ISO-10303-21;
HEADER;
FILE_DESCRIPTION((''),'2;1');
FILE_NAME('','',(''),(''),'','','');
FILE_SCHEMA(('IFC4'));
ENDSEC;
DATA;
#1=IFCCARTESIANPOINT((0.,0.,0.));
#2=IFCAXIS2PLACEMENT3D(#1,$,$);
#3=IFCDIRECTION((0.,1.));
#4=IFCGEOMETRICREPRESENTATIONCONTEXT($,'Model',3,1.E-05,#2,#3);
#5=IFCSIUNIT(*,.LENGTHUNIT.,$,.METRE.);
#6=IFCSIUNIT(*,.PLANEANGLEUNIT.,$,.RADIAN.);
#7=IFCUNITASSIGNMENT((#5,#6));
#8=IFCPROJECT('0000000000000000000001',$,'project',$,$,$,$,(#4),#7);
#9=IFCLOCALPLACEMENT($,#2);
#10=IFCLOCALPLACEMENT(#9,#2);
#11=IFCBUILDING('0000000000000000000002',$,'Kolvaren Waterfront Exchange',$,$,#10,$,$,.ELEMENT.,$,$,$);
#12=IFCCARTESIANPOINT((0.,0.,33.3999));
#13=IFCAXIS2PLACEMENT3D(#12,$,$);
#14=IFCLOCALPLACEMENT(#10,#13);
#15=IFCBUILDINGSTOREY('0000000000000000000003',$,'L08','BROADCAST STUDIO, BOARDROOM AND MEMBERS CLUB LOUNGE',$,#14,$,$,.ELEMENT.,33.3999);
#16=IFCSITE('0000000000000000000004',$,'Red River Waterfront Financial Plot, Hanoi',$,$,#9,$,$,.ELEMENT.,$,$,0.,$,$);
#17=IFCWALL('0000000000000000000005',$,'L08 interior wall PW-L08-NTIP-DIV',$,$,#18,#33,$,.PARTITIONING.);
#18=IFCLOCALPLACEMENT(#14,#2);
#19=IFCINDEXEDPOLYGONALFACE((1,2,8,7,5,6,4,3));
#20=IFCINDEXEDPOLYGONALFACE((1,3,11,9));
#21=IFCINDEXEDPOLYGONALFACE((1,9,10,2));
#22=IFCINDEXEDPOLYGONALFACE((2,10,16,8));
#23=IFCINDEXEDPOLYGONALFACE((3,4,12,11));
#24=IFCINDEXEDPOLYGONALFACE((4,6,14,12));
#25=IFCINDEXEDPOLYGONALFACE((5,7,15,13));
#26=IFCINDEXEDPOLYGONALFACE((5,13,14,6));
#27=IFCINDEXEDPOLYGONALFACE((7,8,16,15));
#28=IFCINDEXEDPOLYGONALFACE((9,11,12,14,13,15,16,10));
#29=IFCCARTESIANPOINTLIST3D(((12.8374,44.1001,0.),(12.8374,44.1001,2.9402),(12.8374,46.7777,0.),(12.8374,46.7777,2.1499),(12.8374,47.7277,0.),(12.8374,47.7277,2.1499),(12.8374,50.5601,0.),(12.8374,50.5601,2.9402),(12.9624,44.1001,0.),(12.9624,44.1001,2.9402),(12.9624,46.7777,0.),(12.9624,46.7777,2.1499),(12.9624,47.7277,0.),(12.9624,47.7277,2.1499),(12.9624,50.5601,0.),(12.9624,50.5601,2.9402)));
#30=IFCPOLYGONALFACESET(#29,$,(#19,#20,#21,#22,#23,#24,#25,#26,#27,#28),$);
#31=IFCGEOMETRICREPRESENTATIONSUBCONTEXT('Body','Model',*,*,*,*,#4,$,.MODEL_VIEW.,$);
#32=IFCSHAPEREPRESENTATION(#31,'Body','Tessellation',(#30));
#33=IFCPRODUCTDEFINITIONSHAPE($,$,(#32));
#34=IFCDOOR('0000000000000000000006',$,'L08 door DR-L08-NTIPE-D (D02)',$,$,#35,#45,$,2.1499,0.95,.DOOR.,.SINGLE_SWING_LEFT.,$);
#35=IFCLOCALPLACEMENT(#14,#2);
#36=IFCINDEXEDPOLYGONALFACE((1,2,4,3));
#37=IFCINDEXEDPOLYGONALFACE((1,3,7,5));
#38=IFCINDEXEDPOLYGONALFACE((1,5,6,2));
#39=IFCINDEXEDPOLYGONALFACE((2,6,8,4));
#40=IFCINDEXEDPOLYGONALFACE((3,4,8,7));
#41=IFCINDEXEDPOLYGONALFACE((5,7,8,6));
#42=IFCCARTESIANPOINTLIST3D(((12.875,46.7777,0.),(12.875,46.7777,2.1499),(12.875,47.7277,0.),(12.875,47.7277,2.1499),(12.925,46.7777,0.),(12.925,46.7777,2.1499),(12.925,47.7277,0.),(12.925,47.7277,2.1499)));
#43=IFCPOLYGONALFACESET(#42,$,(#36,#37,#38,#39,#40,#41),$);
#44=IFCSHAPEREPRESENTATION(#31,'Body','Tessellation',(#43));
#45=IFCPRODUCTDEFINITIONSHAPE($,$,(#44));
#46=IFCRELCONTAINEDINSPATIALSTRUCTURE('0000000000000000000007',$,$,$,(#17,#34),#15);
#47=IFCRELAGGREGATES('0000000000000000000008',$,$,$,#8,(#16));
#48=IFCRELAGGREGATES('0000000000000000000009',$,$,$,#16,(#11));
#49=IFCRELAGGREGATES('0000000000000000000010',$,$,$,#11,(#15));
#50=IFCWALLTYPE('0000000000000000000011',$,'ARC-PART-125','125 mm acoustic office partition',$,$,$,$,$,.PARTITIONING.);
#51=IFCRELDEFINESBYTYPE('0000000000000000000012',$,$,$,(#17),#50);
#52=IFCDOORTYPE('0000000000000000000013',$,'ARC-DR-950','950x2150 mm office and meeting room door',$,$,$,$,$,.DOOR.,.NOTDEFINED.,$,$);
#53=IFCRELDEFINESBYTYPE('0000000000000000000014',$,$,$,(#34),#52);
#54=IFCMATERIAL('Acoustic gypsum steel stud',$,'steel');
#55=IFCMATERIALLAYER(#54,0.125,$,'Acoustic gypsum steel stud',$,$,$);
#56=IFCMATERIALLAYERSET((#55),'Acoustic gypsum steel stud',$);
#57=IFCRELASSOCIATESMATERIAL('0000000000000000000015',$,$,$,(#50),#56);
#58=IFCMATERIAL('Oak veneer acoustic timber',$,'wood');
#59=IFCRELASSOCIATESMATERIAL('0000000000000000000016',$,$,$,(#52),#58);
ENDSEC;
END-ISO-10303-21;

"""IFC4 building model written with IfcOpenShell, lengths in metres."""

from ifc_helpers import new_model, si_unit, direction, frame, frame_2d, origin, place, context, subcontext, project, spatial, rectangle, extrude, material, layer, layer_set, type_object, element, fill, save


model = new_model("IFC4")

# Units and contexts
model_context = context("Model", 3, precision=1e-05, world=origin(), true_north=direction((0.0, 1.0)))
body_context = subcontext(model_context, "Body", "Model", "MODEL_VIEW")
ifc_project = project(units=[si_unit("LENGTHUNIT", "METRE"), si_unit("PLANEANGLEUNIT", "RADIAN")], contexts=[model_context])

# Site, building, storey
site_placement = place(None, origin())
site = spatial("IfcSite", under=ifc_project, at=site_placement, Name="Red River Waterfront Financial Plot, Hanoi", CompositionType="ELEMENT", RefElevation=0.0)
building_placement = place(site_placement, origin())
building = spatial("IfcBuilding", under=site, at=building_placement, Name="Kolvaren Waterfront Exchange", CompositionType="ELEMENT")
storey_placement = place(building_placement, frame((0.0, 0.0, 33.3999)))
storey = spatial("IfcBuildingStorey", under=building, at=storey_placement, Name="L08", Description="BROADCAST STUDIO, BOARDROOM AND MEMBERS CLUB LOUNGE", CompositionType="ELEMENT", Elevation=33.3999)

# Wall, opening, door
ifc_material_1 = material(Name="Acoustic gypsum steel stud", Category="steel")
ifc_layer_1 = layer(ifc_material_1, 0.125, Name="Acoustic gypsum steel stud")
ifc_layer_set_1 = layer_set([ifc_layer_1], Name="Acoustic gypsum steel stud")
wall_type_1 = type_object("IfcWallType", Name="ARC-PART-125", Description="125 mm acoustic office partition", PredefinedType="PARTITIONING", material=ifc_layer_set_1)
wall_1_placement = place(storey_placement, frame((12.8999, 44.1001, 0.0), z_axis=(0.0, 0.0, 1.0), x_axis=(0.0, 1.0, 0.0)))
wall_1 = element("IfcWall", 1, at=wall_1_placement, inside=storey, type_object=wall_type_1, Name="L08 interior wall PW-L08-NTIP-DIV", PredefinedType="PARTITIONING", context=body_context, shape_type="SweptSolid", body=[
    extrude(rectangle(XDim=6.46, YDim=0.125, at=frame_2d((3.23, 0.0))), origin(), (0.0, 0.0, 1.0), 2.9402),
])
opening_1_placement = place(wall_1_placement, frame((2.6775, 0.0, 0.0)))
opening_1 = element("IfcOpeningElement", 2, at=opening_1_placement, cuts=wall_1, PredefinedType="OPENING", context=body_context, shape_type="SweptSolid", body=[
    extrude(rectangle(XDim=0.95, YDim=2.1499, at=frame_2d((0.4751, 1.075))), frame((0.0, 0.0725, 0.0), z_axis=(0.0, -1.0, 0.0), x_axis=(1.0, 0.0, 0.0)), (0.0, 0.0, 1.0), 0.145),
])
ifc_material_2 = material(Name="Oak veneer acoustic timber", Category="wood")
door_type_1 = type_object("IfcDoorType", Name="ARC-DR-950", Description="950x2150 mm office and meeting room door", OperationType="NOTDEFINED", PredefinedType="DOOR", material=ifc_material_2)
door_1_placement = place(opening_1_placement, origin())
door_1 = element("IfcDoor", 3, at=door_1_placement, inside=storey, type_object=door_type_1, Name="L08 door DR-L08-NTIPE-D (D02)", OperationType="SINGLE_SWING_LEFT", OverallHeight=2.1499, OverallWidth=0.95, PredefinedType="DOOR", context=body_context, shape_type="SweptSolid", body=[
    extrude(rectangle(XDim=0.95, YDim=2.1499, at=frame_2d((0.4751, 1.075))), frame((0.0, 0.0249, 0.0), z_axis=(0.0, -1.0, 0.0), x_axis=(1.0, 0.0, 0.0)), (0.0, 0.0, 1.0), 0.05),
])
fill(opening_1, door_1)

save(model, "model.ifc")
